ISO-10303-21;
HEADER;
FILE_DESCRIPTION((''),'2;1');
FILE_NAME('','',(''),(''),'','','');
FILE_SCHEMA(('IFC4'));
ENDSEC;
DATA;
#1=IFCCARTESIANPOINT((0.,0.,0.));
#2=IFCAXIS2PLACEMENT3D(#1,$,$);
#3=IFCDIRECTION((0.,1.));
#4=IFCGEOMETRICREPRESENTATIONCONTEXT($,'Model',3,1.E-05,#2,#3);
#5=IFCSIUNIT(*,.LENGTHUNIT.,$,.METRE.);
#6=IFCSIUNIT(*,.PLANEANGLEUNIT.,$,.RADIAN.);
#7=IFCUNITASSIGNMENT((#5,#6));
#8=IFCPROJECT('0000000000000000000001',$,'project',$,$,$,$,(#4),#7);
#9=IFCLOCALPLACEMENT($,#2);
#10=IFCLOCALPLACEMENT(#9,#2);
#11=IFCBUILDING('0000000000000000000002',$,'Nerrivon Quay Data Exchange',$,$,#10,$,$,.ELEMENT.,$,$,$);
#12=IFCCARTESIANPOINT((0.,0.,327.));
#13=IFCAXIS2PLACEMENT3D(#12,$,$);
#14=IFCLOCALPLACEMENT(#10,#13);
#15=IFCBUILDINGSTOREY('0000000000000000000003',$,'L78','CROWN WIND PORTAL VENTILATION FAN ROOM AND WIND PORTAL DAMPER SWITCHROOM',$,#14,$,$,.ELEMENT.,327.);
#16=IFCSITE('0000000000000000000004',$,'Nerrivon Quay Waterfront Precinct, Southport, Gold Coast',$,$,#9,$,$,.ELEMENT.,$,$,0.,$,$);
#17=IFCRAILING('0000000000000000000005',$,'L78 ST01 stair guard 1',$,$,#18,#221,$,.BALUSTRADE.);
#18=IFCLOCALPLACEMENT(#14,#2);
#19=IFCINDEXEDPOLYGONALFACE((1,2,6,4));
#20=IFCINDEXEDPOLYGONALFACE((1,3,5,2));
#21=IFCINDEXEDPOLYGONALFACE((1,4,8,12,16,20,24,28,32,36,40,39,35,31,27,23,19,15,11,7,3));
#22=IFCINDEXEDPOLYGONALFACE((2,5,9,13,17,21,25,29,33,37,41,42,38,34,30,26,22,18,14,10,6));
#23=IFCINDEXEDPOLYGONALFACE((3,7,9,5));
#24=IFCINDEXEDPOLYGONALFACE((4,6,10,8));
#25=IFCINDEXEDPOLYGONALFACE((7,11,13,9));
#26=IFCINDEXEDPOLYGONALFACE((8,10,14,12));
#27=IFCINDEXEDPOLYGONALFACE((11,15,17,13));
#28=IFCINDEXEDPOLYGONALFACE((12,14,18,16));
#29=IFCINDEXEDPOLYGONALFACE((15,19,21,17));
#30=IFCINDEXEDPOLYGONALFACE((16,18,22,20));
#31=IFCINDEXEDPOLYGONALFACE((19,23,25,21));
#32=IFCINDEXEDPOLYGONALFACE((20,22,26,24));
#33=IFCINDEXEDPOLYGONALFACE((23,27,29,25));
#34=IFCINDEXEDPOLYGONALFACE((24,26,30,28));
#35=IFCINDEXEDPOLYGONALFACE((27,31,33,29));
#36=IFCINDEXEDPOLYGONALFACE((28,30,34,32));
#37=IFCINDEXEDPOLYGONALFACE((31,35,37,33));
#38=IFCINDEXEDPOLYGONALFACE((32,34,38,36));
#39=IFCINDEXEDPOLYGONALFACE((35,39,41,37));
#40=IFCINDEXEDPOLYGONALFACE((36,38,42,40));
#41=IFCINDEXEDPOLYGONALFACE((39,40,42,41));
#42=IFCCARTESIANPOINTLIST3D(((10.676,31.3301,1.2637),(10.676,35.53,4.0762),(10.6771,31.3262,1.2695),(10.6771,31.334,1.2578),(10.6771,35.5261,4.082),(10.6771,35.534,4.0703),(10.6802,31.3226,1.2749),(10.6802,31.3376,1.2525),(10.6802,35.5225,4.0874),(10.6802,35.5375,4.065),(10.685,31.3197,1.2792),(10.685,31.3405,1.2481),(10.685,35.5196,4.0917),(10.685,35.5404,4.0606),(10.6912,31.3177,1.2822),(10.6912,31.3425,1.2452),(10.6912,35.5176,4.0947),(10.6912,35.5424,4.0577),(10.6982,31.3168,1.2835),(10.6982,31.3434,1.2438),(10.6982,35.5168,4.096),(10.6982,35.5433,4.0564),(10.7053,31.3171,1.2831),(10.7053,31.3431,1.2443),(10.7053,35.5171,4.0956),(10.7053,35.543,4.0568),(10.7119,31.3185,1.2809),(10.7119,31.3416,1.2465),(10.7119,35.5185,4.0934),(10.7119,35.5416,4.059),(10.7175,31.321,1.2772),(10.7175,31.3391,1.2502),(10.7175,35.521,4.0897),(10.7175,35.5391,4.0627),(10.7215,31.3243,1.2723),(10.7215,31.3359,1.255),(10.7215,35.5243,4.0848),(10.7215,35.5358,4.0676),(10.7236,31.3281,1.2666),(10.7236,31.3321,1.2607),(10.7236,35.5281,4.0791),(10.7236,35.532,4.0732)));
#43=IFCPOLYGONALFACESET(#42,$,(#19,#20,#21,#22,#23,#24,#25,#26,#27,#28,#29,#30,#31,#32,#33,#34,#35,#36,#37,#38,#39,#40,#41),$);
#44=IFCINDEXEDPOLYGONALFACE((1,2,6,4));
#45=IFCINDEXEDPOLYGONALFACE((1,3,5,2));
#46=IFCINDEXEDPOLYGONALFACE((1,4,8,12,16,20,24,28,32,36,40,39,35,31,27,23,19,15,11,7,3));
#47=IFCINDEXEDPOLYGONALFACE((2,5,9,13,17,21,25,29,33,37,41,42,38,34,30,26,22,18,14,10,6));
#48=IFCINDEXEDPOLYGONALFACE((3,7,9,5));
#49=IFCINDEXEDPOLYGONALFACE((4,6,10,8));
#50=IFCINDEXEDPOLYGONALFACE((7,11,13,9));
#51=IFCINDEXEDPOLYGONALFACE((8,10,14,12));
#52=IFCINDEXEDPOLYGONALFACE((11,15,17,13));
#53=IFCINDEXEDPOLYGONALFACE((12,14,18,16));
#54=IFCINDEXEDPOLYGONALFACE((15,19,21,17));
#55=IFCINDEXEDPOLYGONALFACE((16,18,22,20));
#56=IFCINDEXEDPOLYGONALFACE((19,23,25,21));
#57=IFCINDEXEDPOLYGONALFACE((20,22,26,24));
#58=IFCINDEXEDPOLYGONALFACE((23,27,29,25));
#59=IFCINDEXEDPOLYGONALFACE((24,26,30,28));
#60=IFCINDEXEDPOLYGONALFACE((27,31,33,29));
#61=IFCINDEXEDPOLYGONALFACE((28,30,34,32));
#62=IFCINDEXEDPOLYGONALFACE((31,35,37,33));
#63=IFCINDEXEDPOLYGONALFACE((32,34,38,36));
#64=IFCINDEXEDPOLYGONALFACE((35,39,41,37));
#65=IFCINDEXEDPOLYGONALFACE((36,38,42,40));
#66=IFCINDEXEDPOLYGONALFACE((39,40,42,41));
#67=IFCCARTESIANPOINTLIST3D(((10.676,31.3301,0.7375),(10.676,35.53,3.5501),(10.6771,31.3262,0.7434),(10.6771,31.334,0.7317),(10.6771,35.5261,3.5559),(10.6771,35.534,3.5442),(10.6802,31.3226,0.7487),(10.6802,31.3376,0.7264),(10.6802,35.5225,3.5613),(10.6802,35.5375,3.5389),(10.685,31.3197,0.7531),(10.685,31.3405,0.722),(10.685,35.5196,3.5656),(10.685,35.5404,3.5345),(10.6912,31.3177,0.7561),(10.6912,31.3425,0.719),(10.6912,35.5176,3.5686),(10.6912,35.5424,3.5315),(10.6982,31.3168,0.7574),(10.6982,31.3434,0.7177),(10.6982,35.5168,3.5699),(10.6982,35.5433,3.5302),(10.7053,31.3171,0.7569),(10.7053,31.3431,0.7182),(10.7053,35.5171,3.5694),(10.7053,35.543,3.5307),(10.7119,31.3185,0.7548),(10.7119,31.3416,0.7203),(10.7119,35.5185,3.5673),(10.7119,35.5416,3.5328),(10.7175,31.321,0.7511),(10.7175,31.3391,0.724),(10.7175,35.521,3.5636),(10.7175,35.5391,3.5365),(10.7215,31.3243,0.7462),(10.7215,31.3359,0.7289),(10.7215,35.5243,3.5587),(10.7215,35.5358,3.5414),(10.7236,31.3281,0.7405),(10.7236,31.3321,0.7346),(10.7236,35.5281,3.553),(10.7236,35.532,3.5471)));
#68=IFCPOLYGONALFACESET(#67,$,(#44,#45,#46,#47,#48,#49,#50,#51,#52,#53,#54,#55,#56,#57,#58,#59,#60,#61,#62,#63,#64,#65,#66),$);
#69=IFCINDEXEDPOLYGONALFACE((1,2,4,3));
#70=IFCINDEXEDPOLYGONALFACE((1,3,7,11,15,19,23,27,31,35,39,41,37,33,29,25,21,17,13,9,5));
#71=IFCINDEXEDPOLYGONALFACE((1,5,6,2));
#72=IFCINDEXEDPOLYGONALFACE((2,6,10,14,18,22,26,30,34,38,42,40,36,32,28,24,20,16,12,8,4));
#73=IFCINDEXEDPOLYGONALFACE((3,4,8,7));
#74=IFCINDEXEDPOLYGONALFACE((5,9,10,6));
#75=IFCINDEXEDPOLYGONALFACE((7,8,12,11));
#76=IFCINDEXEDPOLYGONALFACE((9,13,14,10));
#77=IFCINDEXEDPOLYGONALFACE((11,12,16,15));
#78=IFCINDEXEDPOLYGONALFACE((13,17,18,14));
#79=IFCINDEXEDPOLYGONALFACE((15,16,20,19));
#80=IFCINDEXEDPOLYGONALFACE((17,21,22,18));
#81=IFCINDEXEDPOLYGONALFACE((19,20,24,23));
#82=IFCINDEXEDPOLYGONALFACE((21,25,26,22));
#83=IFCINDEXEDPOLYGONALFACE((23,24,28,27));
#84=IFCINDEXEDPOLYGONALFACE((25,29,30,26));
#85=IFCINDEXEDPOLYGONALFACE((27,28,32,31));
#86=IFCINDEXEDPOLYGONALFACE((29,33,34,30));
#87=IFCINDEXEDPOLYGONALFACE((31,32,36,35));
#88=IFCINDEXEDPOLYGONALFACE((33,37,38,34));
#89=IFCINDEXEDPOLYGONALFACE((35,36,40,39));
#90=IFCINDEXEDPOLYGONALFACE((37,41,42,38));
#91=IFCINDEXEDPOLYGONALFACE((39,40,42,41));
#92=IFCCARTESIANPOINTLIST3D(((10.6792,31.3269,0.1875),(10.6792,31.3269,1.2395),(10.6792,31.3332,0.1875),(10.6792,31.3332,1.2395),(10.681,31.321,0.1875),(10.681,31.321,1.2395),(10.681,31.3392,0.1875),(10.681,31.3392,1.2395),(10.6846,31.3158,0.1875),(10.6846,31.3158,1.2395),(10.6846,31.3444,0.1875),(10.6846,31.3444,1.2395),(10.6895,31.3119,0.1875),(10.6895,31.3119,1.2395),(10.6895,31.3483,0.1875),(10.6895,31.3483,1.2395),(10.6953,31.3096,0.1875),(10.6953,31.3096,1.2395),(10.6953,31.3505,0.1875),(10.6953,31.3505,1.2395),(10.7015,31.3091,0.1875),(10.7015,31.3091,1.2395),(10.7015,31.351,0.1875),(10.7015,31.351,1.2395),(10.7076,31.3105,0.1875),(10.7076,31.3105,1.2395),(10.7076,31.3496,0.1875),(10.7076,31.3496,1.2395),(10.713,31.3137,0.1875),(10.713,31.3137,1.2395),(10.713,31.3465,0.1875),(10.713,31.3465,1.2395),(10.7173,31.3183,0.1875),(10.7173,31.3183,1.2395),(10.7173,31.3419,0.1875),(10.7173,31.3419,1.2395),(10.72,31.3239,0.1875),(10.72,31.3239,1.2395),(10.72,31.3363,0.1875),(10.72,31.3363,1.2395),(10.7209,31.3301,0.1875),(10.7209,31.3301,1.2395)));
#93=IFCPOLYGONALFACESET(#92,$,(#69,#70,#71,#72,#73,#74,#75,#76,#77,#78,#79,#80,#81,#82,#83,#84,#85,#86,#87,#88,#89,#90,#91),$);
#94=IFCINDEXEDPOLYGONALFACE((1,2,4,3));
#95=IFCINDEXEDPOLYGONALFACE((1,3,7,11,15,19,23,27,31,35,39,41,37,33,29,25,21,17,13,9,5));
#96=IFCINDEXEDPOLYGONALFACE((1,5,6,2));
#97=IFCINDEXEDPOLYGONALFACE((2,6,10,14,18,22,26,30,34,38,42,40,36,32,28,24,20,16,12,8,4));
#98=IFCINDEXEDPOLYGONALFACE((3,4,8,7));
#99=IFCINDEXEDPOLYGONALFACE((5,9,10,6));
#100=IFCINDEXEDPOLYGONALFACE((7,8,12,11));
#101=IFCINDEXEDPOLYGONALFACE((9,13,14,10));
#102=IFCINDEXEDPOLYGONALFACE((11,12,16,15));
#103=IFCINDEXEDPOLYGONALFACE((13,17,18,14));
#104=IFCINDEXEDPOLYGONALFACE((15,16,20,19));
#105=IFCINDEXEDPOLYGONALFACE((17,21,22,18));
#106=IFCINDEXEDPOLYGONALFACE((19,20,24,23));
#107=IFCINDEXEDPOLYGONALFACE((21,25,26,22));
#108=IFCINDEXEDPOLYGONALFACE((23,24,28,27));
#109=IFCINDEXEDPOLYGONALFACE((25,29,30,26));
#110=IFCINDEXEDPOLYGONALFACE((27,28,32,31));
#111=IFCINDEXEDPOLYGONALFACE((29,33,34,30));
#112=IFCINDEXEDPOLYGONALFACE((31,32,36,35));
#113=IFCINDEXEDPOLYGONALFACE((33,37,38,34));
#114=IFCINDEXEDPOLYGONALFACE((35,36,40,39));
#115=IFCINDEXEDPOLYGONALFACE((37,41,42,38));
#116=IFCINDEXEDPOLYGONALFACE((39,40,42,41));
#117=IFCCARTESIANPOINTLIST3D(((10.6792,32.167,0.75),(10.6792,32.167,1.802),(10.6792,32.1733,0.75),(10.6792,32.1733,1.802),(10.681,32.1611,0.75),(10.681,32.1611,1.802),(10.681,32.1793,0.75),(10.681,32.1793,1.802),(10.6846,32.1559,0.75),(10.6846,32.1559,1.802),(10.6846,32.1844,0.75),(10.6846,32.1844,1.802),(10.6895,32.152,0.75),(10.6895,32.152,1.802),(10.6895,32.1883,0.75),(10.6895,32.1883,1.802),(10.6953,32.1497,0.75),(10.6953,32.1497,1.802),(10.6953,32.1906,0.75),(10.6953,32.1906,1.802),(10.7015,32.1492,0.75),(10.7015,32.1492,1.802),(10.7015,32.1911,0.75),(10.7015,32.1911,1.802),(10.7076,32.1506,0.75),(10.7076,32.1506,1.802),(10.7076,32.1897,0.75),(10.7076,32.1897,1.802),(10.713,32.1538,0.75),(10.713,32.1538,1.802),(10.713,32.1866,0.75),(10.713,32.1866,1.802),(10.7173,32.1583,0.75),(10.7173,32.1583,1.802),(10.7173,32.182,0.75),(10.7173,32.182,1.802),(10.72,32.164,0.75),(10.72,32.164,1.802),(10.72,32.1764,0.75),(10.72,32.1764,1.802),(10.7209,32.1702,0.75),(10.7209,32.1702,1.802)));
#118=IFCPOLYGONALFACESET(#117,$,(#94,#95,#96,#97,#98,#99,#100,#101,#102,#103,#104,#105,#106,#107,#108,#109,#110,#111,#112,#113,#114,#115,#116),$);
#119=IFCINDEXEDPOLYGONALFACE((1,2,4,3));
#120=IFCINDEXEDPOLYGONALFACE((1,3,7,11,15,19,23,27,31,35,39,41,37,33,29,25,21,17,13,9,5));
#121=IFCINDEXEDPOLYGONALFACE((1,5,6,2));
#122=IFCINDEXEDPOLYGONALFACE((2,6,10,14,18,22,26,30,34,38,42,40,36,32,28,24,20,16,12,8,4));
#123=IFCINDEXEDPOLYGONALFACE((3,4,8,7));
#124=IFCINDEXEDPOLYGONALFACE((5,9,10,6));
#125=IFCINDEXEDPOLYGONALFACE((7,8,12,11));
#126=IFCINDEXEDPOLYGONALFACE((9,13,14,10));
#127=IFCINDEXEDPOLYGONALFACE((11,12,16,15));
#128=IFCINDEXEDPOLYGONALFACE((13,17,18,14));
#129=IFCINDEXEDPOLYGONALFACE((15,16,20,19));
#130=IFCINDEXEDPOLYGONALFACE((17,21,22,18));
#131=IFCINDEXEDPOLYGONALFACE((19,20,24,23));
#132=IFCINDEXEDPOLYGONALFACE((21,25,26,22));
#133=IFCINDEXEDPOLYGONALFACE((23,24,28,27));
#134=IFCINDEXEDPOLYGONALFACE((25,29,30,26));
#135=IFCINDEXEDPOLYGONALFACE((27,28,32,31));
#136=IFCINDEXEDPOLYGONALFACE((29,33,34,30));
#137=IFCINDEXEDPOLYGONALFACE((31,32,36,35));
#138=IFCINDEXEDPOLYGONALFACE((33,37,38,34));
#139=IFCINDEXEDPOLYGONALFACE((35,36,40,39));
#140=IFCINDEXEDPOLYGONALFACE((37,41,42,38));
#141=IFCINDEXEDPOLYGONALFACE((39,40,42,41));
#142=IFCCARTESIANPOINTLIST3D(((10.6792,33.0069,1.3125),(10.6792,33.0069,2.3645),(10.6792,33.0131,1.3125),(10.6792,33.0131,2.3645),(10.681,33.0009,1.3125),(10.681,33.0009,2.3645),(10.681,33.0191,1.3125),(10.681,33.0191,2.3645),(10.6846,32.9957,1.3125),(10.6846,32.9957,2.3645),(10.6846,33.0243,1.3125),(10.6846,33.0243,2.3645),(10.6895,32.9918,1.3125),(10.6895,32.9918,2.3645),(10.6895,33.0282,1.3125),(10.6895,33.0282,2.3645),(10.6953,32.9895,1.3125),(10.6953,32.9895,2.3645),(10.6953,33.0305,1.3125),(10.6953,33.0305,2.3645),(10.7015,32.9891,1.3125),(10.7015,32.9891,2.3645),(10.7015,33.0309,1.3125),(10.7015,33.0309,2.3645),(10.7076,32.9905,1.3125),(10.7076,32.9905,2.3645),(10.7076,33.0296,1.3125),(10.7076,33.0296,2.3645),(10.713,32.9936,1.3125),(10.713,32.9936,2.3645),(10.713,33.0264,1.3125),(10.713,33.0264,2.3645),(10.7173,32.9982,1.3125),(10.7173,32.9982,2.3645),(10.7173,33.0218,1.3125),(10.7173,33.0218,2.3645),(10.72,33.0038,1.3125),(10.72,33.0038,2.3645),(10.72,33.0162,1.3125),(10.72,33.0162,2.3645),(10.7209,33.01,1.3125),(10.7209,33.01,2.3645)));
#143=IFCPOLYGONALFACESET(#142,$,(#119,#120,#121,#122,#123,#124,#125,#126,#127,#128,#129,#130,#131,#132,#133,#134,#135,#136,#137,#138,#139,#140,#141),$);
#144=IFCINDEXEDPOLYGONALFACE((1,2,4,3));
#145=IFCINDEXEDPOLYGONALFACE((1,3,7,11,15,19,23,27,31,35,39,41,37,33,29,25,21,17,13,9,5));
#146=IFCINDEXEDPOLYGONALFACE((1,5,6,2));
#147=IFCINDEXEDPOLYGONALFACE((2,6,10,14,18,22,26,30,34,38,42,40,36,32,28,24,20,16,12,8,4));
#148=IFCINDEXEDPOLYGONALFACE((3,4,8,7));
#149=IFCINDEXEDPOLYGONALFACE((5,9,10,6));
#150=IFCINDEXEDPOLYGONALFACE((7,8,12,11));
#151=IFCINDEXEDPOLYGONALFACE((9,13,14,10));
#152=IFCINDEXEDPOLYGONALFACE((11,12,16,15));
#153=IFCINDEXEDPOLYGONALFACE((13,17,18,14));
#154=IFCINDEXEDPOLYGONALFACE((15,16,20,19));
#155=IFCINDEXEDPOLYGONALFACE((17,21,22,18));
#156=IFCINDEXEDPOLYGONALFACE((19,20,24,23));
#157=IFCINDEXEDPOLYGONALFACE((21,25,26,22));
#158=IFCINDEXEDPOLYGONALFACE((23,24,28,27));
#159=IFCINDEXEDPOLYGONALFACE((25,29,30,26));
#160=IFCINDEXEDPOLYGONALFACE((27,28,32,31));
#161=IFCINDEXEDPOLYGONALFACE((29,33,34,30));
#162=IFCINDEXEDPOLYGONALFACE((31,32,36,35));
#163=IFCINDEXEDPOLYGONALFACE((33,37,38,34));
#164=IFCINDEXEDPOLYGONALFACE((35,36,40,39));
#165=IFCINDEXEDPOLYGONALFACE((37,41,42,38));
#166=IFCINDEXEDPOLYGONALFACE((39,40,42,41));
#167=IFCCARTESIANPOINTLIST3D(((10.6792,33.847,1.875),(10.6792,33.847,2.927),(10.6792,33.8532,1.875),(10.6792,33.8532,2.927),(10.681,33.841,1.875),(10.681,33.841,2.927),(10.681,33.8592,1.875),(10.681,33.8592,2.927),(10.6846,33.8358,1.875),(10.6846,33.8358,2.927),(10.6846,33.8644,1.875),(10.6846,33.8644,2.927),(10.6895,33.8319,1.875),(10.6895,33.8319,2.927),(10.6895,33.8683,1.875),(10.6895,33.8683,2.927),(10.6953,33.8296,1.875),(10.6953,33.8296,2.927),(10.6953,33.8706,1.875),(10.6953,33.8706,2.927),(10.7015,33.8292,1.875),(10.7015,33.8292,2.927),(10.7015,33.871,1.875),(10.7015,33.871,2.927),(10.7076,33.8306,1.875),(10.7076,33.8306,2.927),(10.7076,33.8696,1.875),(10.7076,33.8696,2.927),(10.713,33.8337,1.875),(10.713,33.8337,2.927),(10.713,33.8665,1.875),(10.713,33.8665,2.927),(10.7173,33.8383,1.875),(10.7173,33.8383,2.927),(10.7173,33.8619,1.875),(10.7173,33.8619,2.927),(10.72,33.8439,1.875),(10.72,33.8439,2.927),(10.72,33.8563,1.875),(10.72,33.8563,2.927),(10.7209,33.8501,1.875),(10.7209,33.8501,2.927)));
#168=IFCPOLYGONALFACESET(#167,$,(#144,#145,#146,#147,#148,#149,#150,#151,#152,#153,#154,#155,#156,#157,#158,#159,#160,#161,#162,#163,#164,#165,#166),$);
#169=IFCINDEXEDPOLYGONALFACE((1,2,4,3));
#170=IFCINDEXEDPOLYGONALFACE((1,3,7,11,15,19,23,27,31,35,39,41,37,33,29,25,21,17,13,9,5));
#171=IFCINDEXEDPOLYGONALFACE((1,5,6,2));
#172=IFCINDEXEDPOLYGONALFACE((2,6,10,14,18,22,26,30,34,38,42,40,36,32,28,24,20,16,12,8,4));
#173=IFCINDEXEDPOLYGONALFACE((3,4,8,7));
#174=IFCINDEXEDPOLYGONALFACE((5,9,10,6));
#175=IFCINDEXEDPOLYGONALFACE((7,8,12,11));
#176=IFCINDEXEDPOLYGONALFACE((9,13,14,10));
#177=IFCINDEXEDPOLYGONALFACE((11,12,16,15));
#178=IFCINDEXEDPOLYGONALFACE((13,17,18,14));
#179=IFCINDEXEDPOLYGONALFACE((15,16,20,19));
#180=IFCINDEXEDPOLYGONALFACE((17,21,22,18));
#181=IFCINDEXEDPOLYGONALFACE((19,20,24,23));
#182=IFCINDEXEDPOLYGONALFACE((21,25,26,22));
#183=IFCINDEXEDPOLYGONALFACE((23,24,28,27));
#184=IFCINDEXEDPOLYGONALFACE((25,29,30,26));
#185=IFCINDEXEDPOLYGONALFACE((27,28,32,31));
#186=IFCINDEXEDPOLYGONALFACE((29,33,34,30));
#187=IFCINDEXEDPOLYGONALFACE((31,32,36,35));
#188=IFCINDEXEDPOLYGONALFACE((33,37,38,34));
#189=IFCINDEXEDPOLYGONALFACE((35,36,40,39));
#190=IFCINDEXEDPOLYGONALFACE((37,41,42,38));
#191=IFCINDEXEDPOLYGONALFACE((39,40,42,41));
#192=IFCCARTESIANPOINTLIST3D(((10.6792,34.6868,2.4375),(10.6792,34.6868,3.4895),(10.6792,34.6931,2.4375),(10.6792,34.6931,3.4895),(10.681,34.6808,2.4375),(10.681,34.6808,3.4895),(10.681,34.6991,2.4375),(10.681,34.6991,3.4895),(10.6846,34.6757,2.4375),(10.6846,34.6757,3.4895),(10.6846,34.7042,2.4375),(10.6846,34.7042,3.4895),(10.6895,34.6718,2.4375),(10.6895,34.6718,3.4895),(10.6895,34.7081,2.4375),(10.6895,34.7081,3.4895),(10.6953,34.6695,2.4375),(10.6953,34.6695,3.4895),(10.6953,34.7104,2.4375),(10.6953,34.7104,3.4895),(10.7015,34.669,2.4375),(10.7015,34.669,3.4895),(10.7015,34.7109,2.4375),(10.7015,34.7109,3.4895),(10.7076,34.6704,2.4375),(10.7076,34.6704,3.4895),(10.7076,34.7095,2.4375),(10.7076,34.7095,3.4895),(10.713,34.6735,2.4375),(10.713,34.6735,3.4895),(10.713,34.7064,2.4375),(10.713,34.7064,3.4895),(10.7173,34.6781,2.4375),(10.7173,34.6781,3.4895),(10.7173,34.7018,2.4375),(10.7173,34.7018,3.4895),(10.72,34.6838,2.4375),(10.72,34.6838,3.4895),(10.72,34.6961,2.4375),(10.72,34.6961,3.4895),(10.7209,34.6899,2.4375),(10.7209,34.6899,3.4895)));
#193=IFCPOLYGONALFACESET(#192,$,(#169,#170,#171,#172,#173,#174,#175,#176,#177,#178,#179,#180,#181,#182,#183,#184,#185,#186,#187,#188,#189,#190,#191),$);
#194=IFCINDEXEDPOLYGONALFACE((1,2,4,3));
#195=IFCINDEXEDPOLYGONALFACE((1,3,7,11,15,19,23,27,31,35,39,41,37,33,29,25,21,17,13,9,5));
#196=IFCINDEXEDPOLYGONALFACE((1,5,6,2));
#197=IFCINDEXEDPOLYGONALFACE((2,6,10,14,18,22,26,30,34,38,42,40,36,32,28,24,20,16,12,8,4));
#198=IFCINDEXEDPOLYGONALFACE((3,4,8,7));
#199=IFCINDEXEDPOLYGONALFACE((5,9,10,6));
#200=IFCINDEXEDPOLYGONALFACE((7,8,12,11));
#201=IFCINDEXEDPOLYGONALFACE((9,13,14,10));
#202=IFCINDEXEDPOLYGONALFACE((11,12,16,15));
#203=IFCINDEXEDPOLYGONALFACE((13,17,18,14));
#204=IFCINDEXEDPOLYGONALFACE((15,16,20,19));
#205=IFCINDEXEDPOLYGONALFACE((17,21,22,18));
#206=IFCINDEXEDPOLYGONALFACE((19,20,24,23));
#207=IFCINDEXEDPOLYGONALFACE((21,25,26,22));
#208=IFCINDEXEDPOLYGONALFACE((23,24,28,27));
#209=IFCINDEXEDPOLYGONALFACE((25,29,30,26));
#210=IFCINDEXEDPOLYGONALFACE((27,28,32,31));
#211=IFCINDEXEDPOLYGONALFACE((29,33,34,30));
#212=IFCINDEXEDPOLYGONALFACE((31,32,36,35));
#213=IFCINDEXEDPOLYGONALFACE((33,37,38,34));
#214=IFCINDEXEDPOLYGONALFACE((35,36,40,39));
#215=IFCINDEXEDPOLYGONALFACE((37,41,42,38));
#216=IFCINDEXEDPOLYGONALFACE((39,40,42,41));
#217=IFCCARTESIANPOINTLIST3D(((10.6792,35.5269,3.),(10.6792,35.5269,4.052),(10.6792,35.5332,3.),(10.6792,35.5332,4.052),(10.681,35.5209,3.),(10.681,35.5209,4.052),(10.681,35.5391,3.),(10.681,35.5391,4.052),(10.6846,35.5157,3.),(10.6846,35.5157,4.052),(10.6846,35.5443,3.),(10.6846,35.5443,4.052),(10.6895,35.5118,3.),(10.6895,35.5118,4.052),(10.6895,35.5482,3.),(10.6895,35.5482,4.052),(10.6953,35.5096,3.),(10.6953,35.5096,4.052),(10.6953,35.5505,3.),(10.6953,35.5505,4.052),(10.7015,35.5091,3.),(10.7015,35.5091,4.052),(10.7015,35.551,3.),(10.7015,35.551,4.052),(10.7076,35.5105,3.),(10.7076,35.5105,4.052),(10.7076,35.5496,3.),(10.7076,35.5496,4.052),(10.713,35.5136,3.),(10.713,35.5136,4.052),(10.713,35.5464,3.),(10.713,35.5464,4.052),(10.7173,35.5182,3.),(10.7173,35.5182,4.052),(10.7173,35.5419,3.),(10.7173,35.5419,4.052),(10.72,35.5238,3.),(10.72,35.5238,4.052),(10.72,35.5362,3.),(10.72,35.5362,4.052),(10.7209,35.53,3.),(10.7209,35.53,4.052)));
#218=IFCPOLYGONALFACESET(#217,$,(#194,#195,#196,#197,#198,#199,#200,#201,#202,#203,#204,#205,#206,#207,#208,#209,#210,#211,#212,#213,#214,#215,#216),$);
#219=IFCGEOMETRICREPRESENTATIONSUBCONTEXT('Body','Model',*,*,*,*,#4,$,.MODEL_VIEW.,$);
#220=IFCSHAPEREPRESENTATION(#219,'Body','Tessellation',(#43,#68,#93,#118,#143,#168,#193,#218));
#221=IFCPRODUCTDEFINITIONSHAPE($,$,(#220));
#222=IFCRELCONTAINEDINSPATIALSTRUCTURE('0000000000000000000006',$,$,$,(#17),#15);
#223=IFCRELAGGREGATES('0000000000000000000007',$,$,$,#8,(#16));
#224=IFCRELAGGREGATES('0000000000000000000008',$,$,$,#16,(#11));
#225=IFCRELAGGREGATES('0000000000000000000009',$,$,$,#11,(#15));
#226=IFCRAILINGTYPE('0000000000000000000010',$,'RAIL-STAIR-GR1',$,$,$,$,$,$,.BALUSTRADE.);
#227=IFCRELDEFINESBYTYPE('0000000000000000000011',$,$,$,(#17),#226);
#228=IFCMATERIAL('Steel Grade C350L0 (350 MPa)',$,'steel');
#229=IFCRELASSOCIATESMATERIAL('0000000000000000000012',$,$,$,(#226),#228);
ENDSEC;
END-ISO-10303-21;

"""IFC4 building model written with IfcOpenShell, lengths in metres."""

from ifc_helpers import new_model, si_unit, direction, frame, origin, origin_2d, place, context, subcontext, project, spatial, circle, extrude, material, type_object, element, save


model = new_model("IFC4")

# Units and contexts
model_context = context("Model", 3, precision=1e-05, world=origin(), true_north=direction((0.0, 1.0)))
body_context = subcontext(model_context, "Body", "Model", "MODEL_VIEW")
ifc_project = project(units=[si_unit("LENGTHUNIT", "METRE"), si_unit("PLANEANGLEUNIT", "RADIAN")], contexts=[model_context])

# Site, building, storey
site_placement = place(None, origin())
site = spatial("IfcSite", under=ifc_project, at=site_placement, Name="Nerrivon Quay Waterfront Precinct, Southport, Gold Coast", CompositionType="ELEMENT", RefElevation=0.0)
building_placement = place(site_placement, origin())
building = spatial("IfcBuilding", under=site, at=building_placement, Name="Nerrivon Quay Data Exchange", CompositionType="ELEMENT")
storey_placement = place(building_placement, frame((0.0, 0.0, 327.0)))
storey = spatial("IfcBuildingStorey", under=building, at=storey_placement, Name="L78", Description="CROWN WIND PORTAL VENTILATION FAN ROOM AND WIND PORTAL DAMPER SWITCHROOM", CompositionType="ELEMENT", Elevation=327.0)

# Railing
ifc_material_1 = material(Name="Steel Grade C350L0 (350 MPa)", Category="steel")
railing_type_1 = type_object("IfcRailingType", Name="RAIL-STAIR-GR1", PredefinedType="BALUSTRADE", material=ifc_material_1)
railing_1_placement = place(storey_placement, frame((10.7, 31.3301, 0.1875)))
element("IfcRailing", 1, at=railing_1_placement, inside=storey, type_object=railing_type_1, Name="L78 ST01 stair guard 1", PredefinedType="BALUSTRADE", context=body_context, shape_type="SweptSolid", body=[
    extrude(circle(Radius=0.0239, at=origin_2d()), frame((0.0, 0.0, 1.0762), z_axis=(0.0, 0.830904, 0.556416), x_axis=(-1.0, 0.0, 0.0)), (0.0, 0.0, 1.0), 5.0547),
    extrude(circle(Radius=0.0239, at=origin_2d()), frame((0.0, 0.0, 0.55), z_axis=(0.0, 0.830904, 0.556416), x_axis=(-1.0, 0.0, 0.0)), (0.0, 0.0, 1.0), 5.0547),
    extrude(circle(Radius=0.021, at=origin_2d()), origin(), (0.0, 0.0, 1.0), 1.052),
    extrude(circle(Radius=0.021, at=origin_2d()), frame((0.0, 0.8401, 0.5625)), (0.0, 0.0, 1.0), 1.052),
    extrude(circle(Radius=0.021, at=origin_2d()), frame((0.0, 1.6799, 1.125)), (0.0, 0.0, 1.0), 1.052),
    extrude(circle(Radius=0.021, at=origin_2d()), frame((0.0, 2.52, 1.6875)), (0.0, 0.0, 1.0), 1.052),
    extrude(circle(Radius=0.021, at=origin_2d()), frame((0.0, 3.3599, 2.25)), (0.0, 0.0, 1.0), 1.052),
    extrude(circle(Radius=0.021, at=origin_2d()), frame((0.0, 4.2, 2.8125)), (0.0, 0.0, 1.0), 1.052),
])

save(model, "model.ifc")
